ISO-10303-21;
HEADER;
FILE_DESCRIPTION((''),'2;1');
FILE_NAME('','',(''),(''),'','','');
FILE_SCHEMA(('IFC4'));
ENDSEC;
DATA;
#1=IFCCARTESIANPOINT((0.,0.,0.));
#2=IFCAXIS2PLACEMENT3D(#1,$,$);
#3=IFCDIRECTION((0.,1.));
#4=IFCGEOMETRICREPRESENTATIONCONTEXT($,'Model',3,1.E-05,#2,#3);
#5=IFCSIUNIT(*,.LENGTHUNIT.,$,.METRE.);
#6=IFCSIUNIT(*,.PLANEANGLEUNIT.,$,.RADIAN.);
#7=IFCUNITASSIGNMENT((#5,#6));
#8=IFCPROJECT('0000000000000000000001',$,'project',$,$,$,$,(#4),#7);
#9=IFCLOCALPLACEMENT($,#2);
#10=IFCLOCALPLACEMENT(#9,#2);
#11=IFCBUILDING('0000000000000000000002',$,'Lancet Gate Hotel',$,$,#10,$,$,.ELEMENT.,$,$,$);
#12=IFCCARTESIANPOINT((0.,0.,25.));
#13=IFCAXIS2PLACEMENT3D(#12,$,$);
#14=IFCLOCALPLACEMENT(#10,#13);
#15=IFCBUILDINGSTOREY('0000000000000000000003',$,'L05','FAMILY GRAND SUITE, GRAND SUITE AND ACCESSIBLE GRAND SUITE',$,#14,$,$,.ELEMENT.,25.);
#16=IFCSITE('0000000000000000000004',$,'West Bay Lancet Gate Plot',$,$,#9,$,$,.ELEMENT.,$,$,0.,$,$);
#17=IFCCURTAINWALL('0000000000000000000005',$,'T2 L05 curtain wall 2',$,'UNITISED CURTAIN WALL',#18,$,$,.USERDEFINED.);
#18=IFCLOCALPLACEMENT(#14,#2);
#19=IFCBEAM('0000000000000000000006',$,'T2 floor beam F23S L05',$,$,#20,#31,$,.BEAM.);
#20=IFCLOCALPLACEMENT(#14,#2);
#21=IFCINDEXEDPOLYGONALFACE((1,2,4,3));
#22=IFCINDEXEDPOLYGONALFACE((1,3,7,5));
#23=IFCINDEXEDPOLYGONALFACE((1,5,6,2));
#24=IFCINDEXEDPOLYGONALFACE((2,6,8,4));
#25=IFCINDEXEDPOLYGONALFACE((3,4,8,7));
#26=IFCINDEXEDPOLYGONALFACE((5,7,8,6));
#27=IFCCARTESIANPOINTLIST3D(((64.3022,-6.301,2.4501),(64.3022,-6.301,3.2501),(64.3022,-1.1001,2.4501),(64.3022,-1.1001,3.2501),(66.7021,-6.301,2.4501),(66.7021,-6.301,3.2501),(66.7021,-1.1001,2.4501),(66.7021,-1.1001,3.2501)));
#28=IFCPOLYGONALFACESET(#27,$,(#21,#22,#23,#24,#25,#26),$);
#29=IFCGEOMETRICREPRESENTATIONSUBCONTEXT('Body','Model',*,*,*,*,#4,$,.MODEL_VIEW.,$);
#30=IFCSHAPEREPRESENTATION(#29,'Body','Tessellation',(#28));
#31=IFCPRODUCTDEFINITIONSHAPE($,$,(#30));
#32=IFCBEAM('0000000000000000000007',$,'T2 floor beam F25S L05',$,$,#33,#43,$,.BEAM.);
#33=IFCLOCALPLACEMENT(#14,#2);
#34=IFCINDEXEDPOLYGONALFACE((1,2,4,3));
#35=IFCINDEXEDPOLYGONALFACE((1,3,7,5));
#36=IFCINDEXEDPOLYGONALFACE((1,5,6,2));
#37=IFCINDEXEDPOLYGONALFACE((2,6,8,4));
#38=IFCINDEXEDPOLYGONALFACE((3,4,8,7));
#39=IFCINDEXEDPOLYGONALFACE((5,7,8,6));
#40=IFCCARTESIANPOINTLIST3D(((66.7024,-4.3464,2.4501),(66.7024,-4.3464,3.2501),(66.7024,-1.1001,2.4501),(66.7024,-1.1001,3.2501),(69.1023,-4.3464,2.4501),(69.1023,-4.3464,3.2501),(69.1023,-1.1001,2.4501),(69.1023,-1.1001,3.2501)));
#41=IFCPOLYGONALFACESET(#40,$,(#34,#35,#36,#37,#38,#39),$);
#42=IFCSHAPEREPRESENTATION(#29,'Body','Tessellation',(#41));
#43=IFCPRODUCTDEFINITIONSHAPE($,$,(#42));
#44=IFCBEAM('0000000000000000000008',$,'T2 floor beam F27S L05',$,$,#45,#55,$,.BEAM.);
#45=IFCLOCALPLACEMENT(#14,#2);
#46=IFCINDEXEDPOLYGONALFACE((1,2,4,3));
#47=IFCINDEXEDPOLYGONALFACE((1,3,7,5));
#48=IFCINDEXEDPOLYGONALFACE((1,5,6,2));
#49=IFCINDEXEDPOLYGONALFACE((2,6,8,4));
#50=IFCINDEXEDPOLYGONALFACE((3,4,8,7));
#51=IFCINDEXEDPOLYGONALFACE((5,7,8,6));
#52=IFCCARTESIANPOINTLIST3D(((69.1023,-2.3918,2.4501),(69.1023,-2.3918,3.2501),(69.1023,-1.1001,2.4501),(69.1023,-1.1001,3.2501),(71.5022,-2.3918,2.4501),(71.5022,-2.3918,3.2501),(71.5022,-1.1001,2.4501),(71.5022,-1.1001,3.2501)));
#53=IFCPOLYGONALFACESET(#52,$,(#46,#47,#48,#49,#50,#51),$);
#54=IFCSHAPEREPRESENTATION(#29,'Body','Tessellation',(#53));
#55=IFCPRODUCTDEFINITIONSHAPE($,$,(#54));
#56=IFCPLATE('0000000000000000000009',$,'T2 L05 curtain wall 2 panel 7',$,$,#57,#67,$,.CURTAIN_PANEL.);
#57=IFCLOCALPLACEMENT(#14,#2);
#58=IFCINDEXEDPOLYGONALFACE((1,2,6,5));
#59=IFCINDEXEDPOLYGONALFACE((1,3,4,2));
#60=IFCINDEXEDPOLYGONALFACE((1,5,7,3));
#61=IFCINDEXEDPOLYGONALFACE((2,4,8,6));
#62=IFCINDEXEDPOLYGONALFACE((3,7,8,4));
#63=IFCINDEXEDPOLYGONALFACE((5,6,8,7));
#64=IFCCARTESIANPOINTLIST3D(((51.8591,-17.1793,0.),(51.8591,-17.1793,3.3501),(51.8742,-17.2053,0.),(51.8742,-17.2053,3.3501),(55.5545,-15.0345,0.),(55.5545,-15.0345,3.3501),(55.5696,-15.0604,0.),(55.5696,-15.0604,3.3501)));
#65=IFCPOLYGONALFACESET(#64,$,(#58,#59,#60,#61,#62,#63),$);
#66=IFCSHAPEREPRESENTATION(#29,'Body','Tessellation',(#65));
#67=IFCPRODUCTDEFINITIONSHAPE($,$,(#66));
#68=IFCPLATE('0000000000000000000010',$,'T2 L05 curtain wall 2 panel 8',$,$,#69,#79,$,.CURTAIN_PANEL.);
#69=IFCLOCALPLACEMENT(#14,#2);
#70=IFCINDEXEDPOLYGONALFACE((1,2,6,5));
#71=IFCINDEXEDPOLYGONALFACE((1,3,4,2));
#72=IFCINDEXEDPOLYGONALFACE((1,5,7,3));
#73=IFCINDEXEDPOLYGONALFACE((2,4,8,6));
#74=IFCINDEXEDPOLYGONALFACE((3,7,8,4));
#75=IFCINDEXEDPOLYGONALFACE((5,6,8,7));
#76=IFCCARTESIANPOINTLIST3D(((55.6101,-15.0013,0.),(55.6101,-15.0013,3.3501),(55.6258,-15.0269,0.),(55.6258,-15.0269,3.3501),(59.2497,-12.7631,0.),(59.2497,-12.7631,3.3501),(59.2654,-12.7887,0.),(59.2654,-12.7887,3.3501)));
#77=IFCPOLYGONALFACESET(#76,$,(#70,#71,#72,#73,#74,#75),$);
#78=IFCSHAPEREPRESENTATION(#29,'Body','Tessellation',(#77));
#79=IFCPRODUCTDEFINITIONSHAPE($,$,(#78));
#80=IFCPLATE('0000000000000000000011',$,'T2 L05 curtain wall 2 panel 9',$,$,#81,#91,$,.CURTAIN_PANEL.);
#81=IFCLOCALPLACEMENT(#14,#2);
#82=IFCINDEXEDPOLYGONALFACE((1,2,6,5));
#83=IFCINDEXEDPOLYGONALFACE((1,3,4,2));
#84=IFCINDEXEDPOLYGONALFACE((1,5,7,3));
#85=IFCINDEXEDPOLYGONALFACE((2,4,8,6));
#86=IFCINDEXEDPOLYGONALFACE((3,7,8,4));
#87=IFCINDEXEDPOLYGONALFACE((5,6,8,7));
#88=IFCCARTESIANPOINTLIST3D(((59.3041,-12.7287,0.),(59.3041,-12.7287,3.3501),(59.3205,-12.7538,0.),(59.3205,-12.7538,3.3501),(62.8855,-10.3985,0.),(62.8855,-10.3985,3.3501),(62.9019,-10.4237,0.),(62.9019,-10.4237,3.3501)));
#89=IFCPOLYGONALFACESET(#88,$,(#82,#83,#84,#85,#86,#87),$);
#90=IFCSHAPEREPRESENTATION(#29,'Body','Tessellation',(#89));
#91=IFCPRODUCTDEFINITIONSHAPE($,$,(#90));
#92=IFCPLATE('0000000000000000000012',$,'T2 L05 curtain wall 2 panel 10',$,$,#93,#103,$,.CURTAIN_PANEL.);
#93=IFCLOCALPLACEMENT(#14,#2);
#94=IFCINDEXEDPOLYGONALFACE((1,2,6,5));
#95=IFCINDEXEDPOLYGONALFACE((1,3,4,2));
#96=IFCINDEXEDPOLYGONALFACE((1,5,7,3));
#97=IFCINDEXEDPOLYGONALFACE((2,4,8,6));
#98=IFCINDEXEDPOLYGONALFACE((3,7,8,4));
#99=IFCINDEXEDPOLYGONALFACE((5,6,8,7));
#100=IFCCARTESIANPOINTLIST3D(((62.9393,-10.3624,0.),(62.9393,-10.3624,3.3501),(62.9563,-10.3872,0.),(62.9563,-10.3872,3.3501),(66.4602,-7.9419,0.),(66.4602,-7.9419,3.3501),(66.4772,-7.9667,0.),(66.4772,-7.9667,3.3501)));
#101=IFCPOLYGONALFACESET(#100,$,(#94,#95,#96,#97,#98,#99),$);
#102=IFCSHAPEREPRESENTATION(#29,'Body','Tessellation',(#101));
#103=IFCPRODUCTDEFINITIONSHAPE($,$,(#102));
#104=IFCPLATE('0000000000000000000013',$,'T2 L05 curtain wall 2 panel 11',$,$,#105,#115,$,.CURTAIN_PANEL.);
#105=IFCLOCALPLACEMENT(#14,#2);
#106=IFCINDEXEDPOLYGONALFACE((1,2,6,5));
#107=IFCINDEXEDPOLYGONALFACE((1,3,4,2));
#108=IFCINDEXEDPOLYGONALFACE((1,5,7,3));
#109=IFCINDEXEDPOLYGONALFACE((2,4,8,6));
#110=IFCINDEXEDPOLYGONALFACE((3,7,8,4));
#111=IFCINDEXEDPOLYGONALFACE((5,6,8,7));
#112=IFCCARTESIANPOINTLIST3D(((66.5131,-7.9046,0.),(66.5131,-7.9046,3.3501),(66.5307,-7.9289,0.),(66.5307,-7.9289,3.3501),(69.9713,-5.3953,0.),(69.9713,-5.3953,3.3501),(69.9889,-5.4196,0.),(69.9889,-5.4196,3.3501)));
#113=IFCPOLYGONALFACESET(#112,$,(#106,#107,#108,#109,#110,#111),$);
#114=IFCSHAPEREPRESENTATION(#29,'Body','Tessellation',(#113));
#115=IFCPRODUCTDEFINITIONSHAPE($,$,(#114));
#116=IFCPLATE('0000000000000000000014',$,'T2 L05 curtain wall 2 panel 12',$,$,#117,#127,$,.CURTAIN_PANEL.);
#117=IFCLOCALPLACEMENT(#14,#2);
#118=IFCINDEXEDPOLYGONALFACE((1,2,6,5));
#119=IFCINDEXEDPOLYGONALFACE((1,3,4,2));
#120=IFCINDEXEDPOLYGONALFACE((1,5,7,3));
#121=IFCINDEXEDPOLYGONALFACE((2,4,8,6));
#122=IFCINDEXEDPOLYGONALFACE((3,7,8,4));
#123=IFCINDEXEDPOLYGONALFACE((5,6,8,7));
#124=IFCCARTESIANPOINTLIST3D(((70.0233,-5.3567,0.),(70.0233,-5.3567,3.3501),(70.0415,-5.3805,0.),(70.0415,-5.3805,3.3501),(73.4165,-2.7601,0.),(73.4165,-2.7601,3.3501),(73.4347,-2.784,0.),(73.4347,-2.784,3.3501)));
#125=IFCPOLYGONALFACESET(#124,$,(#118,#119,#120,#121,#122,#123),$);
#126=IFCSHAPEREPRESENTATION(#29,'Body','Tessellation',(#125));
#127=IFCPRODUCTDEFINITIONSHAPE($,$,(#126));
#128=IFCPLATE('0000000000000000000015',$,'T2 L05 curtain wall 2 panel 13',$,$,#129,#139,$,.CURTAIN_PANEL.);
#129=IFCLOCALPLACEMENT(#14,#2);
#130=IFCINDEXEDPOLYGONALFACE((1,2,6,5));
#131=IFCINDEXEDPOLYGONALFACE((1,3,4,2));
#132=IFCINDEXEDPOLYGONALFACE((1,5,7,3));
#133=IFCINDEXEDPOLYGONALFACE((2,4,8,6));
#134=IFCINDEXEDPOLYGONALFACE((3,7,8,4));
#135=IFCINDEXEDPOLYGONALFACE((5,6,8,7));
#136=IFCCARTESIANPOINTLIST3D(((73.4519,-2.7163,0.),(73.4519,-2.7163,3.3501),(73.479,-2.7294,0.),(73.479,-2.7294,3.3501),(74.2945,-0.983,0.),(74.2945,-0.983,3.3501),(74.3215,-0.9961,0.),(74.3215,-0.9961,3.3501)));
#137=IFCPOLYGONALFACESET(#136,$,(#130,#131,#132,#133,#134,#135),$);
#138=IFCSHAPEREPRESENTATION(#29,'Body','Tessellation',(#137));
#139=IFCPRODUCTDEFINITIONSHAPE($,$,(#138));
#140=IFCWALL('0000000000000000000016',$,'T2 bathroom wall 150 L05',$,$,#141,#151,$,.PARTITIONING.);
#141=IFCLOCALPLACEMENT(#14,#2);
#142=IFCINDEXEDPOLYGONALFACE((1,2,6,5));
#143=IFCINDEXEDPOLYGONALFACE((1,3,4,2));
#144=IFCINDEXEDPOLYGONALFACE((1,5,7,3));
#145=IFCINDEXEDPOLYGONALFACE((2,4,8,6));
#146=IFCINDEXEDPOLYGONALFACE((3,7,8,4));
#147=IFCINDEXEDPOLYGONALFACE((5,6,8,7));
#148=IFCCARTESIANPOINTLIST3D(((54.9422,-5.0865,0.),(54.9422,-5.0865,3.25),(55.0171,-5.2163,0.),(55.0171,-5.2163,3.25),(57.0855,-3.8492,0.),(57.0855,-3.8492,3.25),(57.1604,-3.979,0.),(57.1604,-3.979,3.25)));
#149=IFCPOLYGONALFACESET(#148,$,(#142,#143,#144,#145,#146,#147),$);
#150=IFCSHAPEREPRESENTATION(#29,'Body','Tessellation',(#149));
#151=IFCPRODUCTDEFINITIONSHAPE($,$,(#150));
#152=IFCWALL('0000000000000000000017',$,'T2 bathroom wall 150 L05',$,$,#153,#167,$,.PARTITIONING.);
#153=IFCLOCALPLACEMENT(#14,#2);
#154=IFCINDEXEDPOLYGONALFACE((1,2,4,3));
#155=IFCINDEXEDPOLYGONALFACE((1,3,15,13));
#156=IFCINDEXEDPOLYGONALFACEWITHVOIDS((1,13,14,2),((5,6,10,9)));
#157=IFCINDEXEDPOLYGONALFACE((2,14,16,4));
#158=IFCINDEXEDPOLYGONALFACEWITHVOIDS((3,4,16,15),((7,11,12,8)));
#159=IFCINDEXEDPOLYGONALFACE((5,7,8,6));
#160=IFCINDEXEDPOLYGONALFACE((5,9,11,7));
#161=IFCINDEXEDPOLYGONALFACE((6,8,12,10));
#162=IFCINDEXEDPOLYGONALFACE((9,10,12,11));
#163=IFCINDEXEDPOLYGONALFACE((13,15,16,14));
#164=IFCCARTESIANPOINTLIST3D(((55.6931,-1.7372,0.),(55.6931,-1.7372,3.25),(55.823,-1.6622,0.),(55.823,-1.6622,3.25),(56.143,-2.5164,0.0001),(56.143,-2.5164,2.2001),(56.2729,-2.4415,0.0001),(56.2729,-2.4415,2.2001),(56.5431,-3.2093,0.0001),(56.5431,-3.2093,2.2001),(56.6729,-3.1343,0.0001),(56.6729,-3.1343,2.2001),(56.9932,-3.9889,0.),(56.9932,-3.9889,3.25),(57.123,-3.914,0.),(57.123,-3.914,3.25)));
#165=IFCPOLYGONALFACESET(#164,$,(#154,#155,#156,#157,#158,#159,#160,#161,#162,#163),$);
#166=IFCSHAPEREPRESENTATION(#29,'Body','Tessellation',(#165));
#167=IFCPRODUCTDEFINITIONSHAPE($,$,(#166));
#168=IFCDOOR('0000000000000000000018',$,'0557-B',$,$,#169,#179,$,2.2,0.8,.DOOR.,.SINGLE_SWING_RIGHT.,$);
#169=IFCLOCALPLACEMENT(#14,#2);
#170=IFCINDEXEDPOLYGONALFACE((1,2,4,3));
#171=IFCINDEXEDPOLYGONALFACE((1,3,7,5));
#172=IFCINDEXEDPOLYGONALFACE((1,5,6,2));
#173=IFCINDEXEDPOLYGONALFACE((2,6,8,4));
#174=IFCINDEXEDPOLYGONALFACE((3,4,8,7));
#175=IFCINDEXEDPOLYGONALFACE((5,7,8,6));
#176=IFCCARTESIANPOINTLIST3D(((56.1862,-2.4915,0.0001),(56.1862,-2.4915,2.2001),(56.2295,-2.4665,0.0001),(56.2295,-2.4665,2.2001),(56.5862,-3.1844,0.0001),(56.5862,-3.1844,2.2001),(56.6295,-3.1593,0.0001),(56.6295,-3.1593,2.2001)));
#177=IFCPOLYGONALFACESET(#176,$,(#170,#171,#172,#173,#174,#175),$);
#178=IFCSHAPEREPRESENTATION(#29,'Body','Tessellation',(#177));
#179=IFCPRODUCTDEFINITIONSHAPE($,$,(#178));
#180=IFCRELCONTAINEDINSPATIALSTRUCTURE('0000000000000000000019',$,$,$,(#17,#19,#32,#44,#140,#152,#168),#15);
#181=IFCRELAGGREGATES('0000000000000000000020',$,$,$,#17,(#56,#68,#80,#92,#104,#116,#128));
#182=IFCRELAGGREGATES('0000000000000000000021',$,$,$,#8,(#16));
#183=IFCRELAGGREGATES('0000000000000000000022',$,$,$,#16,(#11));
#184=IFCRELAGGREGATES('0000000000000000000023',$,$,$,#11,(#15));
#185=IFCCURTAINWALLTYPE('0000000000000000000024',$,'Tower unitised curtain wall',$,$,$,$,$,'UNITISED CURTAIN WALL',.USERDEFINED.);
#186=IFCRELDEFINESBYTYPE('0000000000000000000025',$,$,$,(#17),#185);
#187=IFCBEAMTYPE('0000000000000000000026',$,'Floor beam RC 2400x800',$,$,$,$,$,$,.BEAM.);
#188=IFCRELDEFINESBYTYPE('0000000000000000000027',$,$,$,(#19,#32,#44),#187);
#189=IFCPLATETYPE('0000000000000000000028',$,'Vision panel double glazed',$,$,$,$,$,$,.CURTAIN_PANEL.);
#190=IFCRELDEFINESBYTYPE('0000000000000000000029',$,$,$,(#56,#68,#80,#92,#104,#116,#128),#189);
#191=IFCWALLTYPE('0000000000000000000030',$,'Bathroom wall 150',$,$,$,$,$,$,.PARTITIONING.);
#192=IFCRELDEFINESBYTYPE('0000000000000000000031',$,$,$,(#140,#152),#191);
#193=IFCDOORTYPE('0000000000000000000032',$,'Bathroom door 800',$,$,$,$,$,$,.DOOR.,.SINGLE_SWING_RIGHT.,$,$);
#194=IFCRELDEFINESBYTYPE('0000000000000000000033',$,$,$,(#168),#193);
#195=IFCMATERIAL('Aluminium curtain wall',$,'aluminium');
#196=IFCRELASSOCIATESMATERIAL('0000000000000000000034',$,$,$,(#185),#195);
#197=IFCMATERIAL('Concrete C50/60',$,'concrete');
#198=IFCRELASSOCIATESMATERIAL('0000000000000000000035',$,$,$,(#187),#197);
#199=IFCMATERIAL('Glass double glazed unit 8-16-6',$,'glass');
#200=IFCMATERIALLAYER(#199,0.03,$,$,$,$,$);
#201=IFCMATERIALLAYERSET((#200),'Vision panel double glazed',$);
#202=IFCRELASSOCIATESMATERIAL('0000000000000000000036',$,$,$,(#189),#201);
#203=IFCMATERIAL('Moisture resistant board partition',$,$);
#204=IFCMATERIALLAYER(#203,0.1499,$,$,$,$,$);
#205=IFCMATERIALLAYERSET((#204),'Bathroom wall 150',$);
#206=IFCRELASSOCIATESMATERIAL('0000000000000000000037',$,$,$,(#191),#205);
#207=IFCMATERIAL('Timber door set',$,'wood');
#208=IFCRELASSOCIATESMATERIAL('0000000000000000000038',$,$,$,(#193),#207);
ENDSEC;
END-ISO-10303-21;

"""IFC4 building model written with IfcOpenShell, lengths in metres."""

from ifc_helpers import new_model, si_unit, direction, frame, frame_2d, origin, origin_2d, place, context, subcontext, project, spatial, rectangle, extrude, material, layer, layer_set, material_profile, profile_set, type_object, element, fill, aggregate, save


model = new_model("IFC4")

# Units and contexts
model_context = context("Model", 3, precision=1e-05, world=origin(), true_north=direction((0.0, 1.0)))
body_context = subcontext(model_context, "Body", "Model", "MODEL_VIEW")
ifc_project = project(units=[si_unit("LENGTHUNIT", "METRE"), si_unit("PLANEANGLEUNIT", "RADIAN")], contexts=[model_context])

# Site, building, storey
site_placement = place(None, origin())
site = spatial("IfcSite", under=ifc_project, at=site_placement, Name="West Bay Lancet Gate Plot", CompositionType="ELEMENT", RefElevation=0.0)
building_placement = place(site_placement, origin())
building = spatial("IfcBuilding", under=site, at=building_placement, Name="Lancet Gate Hotel", CompositionType="ELEMENT")
storey_placement = place(building_placement, frame((0.0, 0.0, 25.0)))
storey = spatial("IfcBuildingStorey", under=building, at=storey_placement, Name="L05", Description="FAMILY GRAND SUITE, GRAND SUITE AND ACCESSIBLE GRAND SUITE", CompositionType="ELEMENT", Elevation=25.0)

# Curtain wall
ifc_material_1 = material(Name="Aluminium curtain wall", Category="aluminium")
curtain_wall_type = type_object("IfcCurtainWallType", Name="Tower unitised curtain wall", ElementType="UNITISED CURTAIN WALL", PredefinedType="USERDEFINED", material=ifc_material_1)
curtain_wall_placement = place(storey_placement, origin())
curtain_wall = element("IfcCurtainWall", 1, at=curtain_wall_placement, inside=storey, type_object=curtain_wall_type, Name="T2 L05 curtain wall 2", ObjectType="UNITISED CURTAIN WALL", PredefinedType="USERDEFINED")

# Beams
ifc_material_2 = material(Name="Concrete C50/60", Category="concrete")
ifc_material_profile_1 = material_profile(ifc_material_2, rectangle(XDim=2.3999, YDim=0.8, at=origin_2d()), Name="RC 2400x800")
ifc_profile_set_1 = profile_set([ifc_material_profile_1], Name="Concrete C50/60")
beam_type_1 = type_object("IfcBeamType", Name="Floor beam RC 2400x800", PredefinedType="BEAM", material=ifc_profile_set_1)
beam_1_placement = place(storey_placement, frame((65.5022, -6.301, 2.8501), z_axis=(0.0, 1.0, 0.0), x_axis=(-1.0, 0.0, 0.0)))
element("IfcBeam", 2, at=beam_1_placement, inside=storey, type_object=beam_type_1, Name="T2 floor beam F23S L05", PredefinedType="BEAM", context=body_context, shape_type="SweptSolid", body=[
    extrude(rectangle(XDim=2.3999, YDim=0.8, at=origin_2d()), origin(), (0.0, 0.0, 1.0), 5.2009),
])
beam_2_placement = place(storey_placement, frame((67.9023, -4.3464, 2.8501), z_axis=(0.0, 1.0, 0.0), x_axis=(-1.0, 0.0, 0.0)))
element("IfcBeam", 3, at=beam_2_placement, inside=storey, type_object=beam_type_1, Name="T2 floor beam F25S L05", PredefinedType="BEAM", context=body_context, shape_type="SweptSolid", body=[
    extrude(rectangle(XDim=2.3999, YDim=0.8, at=origin_2d()), origin(), (0.0, 0.0, 1.0), 3.2463),
])
beam_3_placement = place(storey_placement, frame((70.3022, -2.3918, 2.8501), z_axis=(0.0, 1.0, 0.0), x_axis=(-1.0, 0.0, 0.0)))
element("IfcBeam", 4, at=beam_3_placement, inside=storey, type_object=beam_type_1, Name="T2 floor beam F27S L05", PredefinedType="BEAM", context=body_context, shape_type="SweptSolid", body=[
    extrude(rectangle(XDim=2.3999, YDim=0.8, at=origin_2d()), origin(), (0.0, 0.0, 1.0), 1.2917),
])

# Plates
ifc_material_3 = material(Name="Glass double glazed unit 8-16-6", Category="glass")
ifc_layer_1 = layer(ifc_material_3, 0.03)
ifc_layer_set_1 = layer_set([ifc_layer_1], Name="Vision panel double glazed")
plate_type = type_object("IfcPlateType", Name="Vision panel double glazed", PredefinedType="CURTAIN_PANEL", material=ifc_layer_set_1)
plate_1_placement = place(storey_placement, frame((53.7144, -16.1199, 0.0), z_axis=(0.0, 0.0, 1.0), x_axis=(0.864872, 0.501993, 0.0)))
plate_1 = element("IfcPlate", 5, at=plate_1_placement, type_object=plate_type, Name="T2 L05 curtain wall 2 panel 7", PredefinedType="CURTAIN_PANEL", context=body_context, shape_type="SweptSolid", body=[
    extrude(rectangle(XDim=4.2727, YDim=0.03, at=origin_2d()), origin(), (0.0, 0.0, 1.0), 3.3501),
])
plate_2_placement = place(storey_placement, frame((57.4377, -13.895, 0.0), z_axis=(0.0, 0.0, 1.0), x_axis=(0.851815, 0.523842, 0.0)))
plate_2 = element("IfcPlate", 6, at=plate_2_placement, type_object=plate_type, Name="T2 L05 curtain wall 2 panel 8", PredefinedType="CURTAIN_PANEL", context=body_context, shape_type="SweptSolid", body=[
    extrude(rectangle(XDim=4.2727, YDim=0.03, at=origin_2d()), origin(), (0.0, 0.0, 1.0), 3.3501),
])
plate_3_placement = place(storey_placement, frame((61.103, -11.5762, 0.0), z_axis=(0.0, 0.0, 1.0), x_axis=(0.838207, 0.545353, 0.0)))
plate_3 = element("IfcPlate", 7, at=plate_3_placement, type_object=plate_type, Name="T2 L05 curtain wall 2 panel 9", PredefinedType="CURTAIN_PANEL", context=body_context, shape_type="SweptSolid", body=[
    extrude(rectangle(XDim=4.2727, YDim=0.03, at=origin_2d()), origin(), (0.0, 0.0, 1.0), 3.3501),
])
plate_4_placement = place(storey_placement, frame((64.7083, -9.1646, 0.0), z_axis=(0.0, 0.0, 1.0), x_axis=(0.824055, 0.566509, 0.0)))
plate_4 = element("IfcPlate", 8, at=plate_4_placement, type_object=plate_type, Name="T2 L05 curtain wall 2 panel 10", PredefinedType="CURTAIN_PANEL", context=body_context, shape_type="SweptSolid", body=[
    extrude(rectangle(XDim=4.2727, YDim=0.03, at=origin_2d()), origin(), (0.0, 0.0, 1.0), 3.3501),
])
plate_5_placement = place(storey_placement, frame((68.251, -6.6621, 0.0), z_axis=(0.0, 0.0, 1.0), x_axis=(0.80937, 0.587299, 0.0)))
plate_5 = element("IfcPlate", 9, at=plate_5_placement, type_object=plate_type, Name="T2 L05 curtain wall 2 panel 11", PredefinedType="CURTAIN_PANEL", context=body_context, shape_type="SweptSolid", body=[
    extrude(rectangle(XDim=4.2727, YDim=0.03, at=origin_2d()), origin(), (0.0, 0.0, 1.0), 3.3501),
])
plate_6_placement = place(storey_placement, frame((71.729, -4.0703, 0.0), z_axis=(0.0, 0.0, 1.0), x_axis=(0.79416, 0.607709, 0.0)))
plate_6 = element("IfcPlate", 10, at=plate_6_placement, type_object=plate_type, Name="T2 L05 curtain wall 2 panel 12", PredefinedType="CURTAIN_PANEL", context=body_context, shape_type="SweptSolid", body=[
    extrude(rectangle(XDim=4.2727, YDim=0.03, at=origin_2d()), origin(), (0.0, 0.0, 1.0), 3.3501),
])
plate_7_placement = place(storey_placement, frame((73.8867, -1.8562, 0.0), z_axis=(0.0, 0.0, 1.0), x_axis=(0.437169, 0.899379, 0.0)))
plate_7 = element("IfcPlate", 11, at=plate_7_placement, type_object=plate_type, Name="T2 L05 curtain wall 2 panel 13", PredefinedType="CURTAIN_PANEL", context=body_context, shape_type="SweptSolid", body=[
    extrude(rectangle(XDim=1.9272, YDim=0.03, at=origin_2d()), origin(), (0.0, 0.0, 1.0), 3.3501),
])
aggregate(curtain_wall, [plate_1, plate_2, plate_3, plate_4, plate_5, plate_6, plate_7])

# Wall
ifc_material_4 = material(Name="Moisture resistant board partition")
ifc_layer_2 = layer(ifc_material_4, 0.1499)
ifc_layer_set_2 = layer_set([ifc_layer_2], Name="Bathroom wall 150")
wall_type = type_object("IfcWallType", Name="Bathroom wall 150", PredefinedType="PARTITIONING", material=ifc_layer_set_2)
wall_1_placement = place(storey_placement, frame((54.9797, -5.1514, 0.0), z_axis=(0.0, 0.0, 1.0), x_axis=(0.866049, 0.499959, 0.0)))
element("IfcWall", 12, at=wall_1_placement, inside=storey, type_object=wall_type, Name="T2 bathroom wall 150 L05", PredefinedType="PARTITIONING", context=body_context, shape_type="SweptSolid", body=[
    extrude(rectangle(XDim=2.4749, YDim=0.1499, at=frame_2d((1.2373, 0.0))), origin(), (0.0, 0.0, 1.0), 3.25),
])

# Wall, opening, door
wall_2_placement = place(storey_placement, frame((55.7581, -1.6997, 0.0), z_axis=(0.0, 0.0, 1.0), x_axis=(0.500007, -0.866021, 0.0)))
wall_2 = element("IfcWall", 13, at=wall_2_placement, inside=storey, type_object=wall_type, Name="T2 bathroom wall 150 L05", PredefinedType="PARTITIONING", context=body_context, shape_type="SweptSolid", body=[
    extrude(rectangle(XDim=2.6001, YDim=0.1499, at=frame_2d((1.3, 0.0))), origin(), (0.0, 0.0, 1.0), 3.25),
])
opening_placement = place(wall_2_placement, frame((0.8999, 0.0, 0.0)))
opening = element("IfcOpeningElement", 14, at=opening_placement, cuts=wall_2, PredefinedType="OPENING", context=body_context, shape_type="SweptSolid", body=[
    extrude(rectangle(XDim=0.8, YDim=2.2, at=frame_2d((0.3999, 1.1001))), frame((0.0, 0.085, 0.0), z_axis=(0.0, -1.0, 0.0), x_axis=(1.0, 0.0, 0.0)), (0.0, 0.0, 1.0), 0.1699),
])
ifc_material_5 = material(Name="Timber door set", Category="wood")
door_type = type_object("IfcDoorType", Name="Bathroom door 800", OperationType="SINGLE_SWING_RIGHT", PredefinedType="DOOR", material=ifc_material_5)
door_placement = place(opening_placement, origin())
door = element("IfcDoor", 15, at=door_placement, inside=storey, type_object=door_type, Name="0557-B", OperationType="SINGLE_SWING_RIGHT", OverallHeight=2.2, OverallWidth=0.8, PredefinedType="DOOR", context=body_context, shape_type="SweptSolid", body=[
    extrude(rectangle(XDim=0.8, YDim=2.2, at=frame_2d((0.3999, 1.1001))), frame((0.0, 0.0249, 0.0), z_axis=(0.0, -1.0, 0.0), x_axis=(1.0, 0.0, 0.0)), (0.0, 0.0, 1.0), 0.05),
])
fill(opening, door)

save(model, "model.ifc")
